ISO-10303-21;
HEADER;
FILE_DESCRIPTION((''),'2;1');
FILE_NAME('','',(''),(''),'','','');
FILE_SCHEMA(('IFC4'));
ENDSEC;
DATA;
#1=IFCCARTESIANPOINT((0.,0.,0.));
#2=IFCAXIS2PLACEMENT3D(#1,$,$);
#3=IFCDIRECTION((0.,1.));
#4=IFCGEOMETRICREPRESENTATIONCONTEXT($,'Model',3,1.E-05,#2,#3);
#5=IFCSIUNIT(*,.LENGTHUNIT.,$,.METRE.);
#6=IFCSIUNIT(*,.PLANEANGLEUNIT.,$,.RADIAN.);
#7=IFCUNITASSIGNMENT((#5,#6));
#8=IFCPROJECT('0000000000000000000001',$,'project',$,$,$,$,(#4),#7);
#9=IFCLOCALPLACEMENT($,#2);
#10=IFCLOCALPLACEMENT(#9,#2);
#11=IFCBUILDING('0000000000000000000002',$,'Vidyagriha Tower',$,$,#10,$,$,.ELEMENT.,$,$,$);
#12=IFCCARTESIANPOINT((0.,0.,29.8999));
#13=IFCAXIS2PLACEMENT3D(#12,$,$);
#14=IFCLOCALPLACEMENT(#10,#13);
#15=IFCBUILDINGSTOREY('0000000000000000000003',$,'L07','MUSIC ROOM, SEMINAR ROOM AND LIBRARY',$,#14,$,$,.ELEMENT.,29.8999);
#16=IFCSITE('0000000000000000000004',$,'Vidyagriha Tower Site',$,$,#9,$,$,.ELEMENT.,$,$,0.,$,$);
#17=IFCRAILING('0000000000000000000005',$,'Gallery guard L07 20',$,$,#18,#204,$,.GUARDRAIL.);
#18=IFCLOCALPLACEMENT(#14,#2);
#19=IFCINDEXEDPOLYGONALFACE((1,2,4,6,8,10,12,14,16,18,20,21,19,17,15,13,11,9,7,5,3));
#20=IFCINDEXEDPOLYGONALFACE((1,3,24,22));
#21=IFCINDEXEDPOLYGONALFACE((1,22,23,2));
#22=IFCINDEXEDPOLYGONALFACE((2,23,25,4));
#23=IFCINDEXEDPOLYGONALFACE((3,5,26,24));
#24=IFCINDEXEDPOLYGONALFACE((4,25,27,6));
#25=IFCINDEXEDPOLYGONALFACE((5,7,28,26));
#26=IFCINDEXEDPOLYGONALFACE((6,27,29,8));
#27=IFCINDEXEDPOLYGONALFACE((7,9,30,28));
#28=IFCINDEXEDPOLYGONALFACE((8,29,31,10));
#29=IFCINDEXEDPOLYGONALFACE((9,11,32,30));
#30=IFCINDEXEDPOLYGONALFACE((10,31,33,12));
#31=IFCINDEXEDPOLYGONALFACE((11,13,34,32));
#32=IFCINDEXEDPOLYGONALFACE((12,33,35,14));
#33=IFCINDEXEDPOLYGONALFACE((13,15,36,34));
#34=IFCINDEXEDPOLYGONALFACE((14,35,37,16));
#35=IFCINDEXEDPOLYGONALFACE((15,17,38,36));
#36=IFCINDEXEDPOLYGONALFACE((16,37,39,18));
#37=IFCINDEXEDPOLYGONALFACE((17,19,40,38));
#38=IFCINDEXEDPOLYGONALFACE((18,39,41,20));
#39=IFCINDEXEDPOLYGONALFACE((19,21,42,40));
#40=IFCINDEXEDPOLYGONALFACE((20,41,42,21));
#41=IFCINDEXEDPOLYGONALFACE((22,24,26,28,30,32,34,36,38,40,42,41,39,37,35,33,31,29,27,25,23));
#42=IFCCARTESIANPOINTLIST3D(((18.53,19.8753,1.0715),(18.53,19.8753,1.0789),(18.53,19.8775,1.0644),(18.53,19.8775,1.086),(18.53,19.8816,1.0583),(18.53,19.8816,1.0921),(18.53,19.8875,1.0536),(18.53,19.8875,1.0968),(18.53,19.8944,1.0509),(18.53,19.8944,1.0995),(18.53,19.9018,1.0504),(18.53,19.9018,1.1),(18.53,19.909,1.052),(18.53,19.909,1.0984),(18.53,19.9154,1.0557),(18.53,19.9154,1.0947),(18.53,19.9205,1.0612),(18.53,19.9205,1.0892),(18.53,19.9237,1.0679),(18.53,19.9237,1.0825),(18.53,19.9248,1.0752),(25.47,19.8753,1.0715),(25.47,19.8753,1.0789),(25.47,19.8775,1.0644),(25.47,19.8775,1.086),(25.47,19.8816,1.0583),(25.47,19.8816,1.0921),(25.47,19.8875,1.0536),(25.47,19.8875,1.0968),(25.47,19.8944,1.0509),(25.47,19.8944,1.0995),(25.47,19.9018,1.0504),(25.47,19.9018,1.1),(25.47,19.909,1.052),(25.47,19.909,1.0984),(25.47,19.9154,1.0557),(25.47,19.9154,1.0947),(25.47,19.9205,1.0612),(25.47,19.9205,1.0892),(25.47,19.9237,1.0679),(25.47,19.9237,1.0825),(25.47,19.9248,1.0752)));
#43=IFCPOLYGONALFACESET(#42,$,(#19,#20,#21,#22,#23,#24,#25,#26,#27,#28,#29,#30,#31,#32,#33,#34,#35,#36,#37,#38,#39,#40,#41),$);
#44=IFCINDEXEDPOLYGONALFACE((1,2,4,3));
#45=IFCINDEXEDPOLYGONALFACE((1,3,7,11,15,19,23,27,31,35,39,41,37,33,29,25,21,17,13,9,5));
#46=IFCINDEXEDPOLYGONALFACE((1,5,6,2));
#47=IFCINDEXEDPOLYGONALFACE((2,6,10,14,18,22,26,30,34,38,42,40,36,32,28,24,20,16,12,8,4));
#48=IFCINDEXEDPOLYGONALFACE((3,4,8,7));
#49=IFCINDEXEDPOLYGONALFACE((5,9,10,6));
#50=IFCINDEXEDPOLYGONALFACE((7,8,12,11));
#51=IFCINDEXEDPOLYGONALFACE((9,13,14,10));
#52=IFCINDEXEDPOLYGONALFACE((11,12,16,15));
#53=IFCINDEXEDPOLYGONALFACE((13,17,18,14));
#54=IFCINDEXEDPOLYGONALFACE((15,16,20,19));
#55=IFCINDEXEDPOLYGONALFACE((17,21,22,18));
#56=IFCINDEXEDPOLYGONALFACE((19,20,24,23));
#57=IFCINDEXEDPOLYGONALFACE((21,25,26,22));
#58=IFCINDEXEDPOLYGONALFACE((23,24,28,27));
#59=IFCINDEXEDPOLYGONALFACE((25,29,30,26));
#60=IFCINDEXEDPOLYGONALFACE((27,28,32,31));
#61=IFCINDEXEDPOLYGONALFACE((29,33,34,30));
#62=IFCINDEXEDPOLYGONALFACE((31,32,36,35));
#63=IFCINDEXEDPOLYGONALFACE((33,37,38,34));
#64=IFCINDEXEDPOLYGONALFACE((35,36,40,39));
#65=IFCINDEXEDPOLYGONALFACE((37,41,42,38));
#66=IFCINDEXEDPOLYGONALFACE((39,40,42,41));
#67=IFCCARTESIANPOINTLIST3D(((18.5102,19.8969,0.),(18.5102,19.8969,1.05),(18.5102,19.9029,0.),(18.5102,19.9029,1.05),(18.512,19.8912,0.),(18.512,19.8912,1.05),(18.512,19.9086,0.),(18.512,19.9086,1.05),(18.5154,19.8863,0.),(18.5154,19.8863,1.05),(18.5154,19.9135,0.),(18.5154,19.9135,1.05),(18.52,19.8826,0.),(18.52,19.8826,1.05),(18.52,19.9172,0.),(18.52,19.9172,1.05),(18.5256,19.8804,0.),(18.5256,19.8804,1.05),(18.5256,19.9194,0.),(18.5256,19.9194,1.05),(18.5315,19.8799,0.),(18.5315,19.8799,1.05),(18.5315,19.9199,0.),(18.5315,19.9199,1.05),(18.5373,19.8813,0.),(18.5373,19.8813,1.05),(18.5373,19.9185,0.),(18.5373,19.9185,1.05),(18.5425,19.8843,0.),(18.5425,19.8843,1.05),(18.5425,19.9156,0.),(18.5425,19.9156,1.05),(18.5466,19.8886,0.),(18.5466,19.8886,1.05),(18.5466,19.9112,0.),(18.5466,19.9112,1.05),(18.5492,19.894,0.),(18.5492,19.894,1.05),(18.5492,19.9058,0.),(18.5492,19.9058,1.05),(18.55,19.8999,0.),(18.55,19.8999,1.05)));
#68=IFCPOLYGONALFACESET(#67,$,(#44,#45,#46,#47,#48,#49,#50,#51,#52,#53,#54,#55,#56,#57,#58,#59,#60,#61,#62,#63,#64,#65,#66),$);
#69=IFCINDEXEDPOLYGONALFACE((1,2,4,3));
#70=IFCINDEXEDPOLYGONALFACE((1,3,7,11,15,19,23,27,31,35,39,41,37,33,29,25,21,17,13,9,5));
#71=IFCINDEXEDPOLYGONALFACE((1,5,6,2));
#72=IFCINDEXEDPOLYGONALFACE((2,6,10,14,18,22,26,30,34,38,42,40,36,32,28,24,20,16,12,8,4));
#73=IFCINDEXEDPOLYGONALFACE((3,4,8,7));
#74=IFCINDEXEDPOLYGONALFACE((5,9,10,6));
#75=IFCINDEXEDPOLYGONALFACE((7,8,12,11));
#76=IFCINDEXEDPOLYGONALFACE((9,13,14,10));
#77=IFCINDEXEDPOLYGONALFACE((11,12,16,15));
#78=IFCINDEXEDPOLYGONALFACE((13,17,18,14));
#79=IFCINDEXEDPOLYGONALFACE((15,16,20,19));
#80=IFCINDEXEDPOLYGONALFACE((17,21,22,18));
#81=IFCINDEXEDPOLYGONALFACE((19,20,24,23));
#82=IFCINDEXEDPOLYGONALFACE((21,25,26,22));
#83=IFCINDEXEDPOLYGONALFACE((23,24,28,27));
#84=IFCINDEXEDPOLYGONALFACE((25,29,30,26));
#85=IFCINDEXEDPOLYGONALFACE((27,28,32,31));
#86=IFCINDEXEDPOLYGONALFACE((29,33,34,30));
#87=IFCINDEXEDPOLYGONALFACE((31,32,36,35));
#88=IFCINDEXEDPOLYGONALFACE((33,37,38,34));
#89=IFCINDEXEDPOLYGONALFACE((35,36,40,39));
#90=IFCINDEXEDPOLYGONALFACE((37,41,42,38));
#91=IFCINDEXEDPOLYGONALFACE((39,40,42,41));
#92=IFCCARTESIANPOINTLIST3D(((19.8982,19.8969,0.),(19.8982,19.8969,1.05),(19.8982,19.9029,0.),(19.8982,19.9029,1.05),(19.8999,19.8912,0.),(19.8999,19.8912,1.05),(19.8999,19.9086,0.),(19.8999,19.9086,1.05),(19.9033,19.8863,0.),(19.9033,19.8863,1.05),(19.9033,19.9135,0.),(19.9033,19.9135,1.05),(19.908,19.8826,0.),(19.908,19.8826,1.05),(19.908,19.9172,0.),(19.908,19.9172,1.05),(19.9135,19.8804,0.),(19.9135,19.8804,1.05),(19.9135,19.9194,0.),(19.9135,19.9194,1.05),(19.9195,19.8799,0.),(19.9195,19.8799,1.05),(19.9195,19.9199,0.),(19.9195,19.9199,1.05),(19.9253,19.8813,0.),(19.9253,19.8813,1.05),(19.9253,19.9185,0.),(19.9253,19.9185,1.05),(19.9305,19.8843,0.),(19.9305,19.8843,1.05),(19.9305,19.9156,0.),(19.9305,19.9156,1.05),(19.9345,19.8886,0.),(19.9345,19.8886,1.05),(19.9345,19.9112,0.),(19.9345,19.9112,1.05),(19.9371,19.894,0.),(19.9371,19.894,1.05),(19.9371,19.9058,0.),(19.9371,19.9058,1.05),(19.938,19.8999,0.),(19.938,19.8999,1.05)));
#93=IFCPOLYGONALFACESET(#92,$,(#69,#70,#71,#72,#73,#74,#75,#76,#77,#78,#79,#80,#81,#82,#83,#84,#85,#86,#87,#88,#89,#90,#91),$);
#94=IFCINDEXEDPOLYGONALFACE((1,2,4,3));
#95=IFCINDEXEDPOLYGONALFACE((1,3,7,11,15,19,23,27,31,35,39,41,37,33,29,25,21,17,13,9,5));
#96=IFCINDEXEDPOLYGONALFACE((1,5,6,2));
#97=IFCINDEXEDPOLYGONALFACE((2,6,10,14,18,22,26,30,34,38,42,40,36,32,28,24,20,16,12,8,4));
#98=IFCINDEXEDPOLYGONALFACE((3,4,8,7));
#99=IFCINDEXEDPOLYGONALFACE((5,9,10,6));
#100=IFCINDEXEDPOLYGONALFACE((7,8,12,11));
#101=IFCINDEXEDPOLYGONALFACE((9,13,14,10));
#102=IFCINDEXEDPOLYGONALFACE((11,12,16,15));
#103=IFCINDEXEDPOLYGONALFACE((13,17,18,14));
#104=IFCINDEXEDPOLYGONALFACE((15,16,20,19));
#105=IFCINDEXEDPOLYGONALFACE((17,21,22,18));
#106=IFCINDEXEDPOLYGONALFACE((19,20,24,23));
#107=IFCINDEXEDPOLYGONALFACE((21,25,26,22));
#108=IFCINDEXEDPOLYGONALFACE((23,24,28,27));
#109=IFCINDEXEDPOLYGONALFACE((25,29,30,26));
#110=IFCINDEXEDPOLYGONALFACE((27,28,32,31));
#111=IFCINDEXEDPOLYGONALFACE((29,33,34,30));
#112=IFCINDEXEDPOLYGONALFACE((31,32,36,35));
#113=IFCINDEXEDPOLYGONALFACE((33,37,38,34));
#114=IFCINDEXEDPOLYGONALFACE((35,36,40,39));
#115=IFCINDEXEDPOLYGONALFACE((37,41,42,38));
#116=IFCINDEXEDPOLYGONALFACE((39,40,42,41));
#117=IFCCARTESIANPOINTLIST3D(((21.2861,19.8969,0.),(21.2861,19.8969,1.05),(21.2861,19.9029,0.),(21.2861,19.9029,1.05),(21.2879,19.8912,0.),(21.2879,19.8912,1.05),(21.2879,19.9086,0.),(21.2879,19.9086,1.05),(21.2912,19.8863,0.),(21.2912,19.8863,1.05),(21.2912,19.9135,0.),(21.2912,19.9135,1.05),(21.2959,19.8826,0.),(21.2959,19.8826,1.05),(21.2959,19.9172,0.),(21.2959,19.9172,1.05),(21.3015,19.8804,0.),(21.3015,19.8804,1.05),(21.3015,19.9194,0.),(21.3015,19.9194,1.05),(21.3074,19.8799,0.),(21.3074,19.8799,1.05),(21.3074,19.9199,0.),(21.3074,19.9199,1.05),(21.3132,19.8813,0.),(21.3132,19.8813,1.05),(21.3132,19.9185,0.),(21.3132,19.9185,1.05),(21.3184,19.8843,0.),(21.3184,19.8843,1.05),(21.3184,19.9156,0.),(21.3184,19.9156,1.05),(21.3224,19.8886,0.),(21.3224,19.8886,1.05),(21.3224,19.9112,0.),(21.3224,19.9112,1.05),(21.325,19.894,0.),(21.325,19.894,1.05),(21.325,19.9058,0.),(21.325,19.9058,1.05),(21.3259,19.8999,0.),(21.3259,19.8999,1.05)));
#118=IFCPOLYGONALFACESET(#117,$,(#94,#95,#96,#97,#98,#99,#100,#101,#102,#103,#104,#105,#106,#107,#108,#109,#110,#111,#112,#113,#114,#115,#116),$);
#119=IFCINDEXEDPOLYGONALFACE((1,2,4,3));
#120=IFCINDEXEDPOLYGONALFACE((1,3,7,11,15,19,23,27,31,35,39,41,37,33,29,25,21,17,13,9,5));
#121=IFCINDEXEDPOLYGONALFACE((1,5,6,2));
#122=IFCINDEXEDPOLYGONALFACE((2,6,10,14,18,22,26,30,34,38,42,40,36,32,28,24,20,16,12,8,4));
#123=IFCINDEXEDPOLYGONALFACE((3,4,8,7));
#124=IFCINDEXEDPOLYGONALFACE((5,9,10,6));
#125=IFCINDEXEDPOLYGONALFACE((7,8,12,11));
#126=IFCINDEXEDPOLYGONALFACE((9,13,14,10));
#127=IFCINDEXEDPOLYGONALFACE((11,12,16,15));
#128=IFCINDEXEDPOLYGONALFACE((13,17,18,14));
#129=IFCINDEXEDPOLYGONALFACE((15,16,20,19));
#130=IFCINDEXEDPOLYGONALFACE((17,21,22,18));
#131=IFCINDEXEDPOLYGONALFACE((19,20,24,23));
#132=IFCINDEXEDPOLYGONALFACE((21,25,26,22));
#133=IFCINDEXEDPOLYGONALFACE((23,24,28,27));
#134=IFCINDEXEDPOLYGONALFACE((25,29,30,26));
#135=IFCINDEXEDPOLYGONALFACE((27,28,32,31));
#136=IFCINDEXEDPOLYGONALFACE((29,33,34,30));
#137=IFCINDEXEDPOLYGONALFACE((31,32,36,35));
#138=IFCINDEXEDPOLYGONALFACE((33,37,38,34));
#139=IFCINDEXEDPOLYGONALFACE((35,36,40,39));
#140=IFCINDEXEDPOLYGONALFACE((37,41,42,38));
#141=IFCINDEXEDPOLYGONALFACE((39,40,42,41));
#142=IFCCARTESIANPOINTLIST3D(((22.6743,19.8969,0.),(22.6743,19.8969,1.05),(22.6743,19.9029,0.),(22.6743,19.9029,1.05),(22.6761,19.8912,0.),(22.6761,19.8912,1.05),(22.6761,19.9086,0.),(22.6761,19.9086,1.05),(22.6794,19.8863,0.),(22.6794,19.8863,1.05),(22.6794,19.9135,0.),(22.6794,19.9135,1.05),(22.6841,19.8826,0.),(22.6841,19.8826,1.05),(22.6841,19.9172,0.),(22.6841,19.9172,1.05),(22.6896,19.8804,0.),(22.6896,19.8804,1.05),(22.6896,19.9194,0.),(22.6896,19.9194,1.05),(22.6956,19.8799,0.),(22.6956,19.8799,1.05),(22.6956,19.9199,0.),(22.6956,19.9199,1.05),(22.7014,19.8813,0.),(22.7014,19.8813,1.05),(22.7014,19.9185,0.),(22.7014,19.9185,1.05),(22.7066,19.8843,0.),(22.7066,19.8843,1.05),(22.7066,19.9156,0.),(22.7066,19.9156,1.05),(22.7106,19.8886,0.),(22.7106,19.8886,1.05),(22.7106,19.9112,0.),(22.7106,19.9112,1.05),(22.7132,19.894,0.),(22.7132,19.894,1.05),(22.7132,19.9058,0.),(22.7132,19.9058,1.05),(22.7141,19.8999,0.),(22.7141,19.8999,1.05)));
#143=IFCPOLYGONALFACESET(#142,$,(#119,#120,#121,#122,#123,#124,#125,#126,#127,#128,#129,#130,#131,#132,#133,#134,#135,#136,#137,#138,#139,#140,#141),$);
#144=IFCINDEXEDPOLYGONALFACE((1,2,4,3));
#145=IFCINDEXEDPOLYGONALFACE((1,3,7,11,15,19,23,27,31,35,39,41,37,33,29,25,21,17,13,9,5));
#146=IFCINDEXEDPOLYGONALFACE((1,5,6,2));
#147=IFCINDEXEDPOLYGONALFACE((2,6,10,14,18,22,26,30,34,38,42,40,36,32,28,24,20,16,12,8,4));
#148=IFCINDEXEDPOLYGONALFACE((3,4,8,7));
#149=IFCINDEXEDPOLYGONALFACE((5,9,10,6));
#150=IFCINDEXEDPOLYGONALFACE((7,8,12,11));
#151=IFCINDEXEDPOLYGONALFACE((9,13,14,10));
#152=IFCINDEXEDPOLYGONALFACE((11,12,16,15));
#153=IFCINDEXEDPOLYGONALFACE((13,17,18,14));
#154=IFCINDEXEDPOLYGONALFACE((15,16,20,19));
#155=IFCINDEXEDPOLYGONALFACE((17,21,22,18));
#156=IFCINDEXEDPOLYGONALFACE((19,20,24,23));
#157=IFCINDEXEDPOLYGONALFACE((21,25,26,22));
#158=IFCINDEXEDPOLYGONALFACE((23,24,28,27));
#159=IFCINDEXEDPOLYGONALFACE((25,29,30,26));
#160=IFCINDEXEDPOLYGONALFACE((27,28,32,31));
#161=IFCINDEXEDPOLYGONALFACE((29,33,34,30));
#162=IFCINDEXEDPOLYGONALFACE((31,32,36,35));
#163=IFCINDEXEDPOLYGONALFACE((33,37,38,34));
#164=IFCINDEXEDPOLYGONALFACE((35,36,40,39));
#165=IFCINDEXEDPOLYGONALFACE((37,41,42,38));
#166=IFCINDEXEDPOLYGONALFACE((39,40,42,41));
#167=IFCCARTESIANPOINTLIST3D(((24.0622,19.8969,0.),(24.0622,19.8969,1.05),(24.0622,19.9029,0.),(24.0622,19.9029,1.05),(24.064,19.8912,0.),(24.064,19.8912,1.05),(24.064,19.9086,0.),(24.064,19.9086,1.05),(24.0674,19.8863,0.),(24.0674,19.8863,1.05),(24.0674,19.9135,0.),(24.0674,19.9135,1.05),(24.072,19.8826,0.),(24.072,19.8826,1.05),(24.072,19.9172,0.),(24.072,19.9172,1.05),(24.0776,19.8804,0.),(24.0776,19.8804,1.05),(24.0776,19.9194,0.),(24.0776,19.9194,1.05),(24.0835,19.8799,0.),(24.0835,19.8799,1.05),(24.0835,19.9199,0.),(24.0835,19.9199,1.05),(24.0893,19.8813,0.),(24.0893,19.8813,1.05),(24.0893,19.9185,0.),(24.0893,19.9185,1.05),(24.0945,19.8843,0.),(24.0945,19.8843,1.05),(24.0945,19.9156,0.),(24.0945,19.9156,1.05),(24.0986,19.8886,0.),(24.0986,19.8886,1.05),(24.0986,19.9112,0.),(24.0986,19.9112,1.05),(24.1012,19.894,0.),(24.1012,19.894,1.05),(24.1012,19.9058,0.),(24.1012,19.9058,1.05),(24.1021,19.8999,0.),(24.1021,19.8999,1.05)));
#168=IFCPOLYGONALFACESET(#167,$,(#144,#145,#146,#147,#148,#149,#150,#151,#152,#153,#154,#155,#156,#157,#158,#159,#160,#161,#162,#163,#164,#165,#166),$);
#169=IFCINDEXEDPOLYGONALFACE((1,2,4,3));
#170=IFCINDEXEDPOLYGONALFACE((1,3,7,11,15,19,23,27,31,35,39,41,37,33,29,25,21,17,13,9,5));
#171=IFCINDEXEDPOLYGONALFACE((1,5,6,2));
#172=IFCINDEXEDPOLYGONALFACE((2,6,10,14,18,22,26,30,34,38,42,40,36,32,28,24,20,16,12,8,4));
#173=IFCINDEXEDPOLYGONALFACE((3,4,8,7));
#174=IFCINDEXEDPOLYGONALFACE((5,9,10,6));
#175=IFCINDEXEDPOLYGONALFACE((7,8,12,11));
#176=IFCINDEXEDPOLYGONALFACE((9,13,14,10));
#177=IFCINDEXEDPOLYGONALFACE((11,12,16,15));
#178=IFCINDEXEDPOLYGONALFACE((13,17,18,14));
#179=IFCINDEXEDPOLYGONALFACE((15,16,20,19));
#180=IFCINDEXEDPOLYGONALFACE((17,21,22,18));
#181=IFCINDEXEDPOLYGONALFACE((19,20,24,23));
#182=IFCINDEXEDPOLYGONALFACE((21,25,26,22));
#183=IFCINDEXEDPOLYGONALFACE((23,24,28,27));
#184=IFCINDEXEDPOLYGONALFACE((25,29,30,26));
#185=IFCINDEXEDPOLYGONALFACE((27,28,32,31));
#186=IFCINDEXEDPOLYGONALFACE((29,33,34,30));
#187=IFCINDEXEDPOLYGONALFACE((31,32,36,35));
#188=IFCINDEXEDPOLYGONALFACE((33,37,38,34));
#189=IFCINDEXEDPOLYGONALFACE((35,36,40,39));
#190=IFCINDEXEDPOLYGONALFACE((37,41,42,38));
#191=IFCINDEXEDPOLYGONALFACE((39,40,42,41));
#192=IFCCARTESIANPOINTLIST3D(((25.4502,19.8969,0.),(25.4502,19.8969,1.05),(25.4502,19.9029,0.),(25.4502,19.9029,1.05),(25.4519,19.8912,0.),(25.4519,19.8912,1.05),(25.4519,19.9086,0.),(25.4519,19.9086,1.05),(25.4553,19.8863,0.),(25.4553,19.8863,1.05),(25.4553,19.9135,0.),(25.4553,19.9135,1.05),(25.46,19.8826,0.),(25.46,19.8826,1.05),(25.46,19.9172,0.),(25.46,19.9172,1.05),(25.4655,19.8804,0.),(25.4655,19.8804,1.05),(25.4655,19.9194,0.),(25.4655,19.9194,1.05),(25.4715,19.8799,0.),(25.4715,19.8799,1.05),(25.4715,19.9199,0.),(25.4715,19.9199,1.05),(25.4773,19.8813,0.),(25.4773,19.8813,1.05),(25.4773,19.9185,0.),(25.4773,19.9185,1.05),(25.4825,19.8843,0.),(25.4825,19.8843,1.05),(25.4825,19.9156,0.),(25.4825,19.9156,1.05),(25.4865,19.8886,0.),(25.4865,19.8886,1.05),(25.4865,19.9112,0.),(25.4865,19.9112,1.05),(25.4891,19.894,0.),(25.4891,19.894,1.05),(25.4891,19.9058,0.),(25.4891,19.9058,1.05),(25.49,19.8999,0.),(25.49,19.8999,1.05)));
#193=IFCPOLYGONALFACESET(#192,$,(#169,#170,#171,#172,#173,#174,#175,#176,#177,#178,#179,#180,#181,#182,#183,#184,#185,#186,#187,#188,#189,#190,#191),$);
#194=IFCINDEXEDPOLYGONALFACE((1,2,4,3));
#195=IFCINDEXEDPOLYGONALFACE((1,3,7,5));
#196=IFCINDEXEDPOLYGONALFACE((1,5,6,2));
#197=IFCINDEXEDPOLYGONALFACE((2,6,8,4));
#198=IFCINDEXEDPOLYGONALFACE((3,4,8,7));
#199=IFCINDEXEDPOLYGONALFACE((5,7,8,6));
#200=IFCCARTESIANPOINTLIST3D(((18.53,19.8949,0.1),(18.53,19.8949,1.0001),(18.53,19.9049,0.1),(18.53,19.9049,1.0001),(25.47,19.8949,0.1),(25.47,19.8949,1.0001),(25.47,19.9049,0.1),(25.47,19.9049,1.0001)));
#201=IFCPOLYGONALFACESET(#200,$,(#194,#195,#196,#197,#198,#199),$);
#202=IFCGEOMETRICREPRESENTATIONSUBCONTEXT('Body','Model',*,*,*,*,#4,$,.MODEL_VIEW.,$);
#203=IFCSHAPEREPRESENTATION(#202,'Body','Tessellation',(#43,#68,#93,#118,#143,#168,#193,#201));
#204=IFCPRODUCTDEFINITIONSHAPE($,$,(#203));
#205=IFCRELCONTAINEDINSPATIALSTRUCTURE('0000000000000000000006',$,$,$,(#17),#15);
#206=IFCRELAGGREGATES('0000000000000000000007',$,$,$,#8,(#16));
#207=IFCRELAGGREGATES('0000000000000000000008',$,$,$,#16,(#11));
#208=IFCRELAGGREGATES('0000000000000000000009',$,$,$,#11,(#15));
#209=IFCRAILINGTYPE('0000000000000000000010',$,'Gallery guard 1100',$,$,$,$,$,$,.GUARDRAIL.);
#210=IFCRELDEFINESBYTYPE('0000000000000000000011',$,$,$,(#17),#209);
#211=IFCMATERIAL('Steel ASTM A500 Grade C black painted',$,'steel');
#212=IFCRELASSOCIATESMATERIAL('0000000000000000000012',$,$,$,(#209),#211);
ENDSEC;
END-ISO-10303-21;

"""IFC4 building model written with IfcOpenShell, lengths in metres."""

from ifc_helpers import new_model, si_unit, direction, frame, origin, origin_2d, place, context, subcontext, project, spatial, rectangle, circle, extrude, material, type_object, element, save


model = new_model("IFC4")

# Units and contexts
model_context = context("Model", 3, precision=1e-05, world=origin(), true_north=direction((0.0, 1.0)))
body_context = subcontext(model_context, "Body", "Model", "MODEL_VIEW")
ifc_project = project(units=[si_unit("LENGTHUNIT", "METRE"), si_unit("PLANEANGLEUNIT", "RADIAN")], contexts=[model_context])

# Site, building, storey
site_placement = place(None, origin())
site = spatial("IfcSite", under=ifc_project, at=site_placement, Name="Vidyagriha Tower Site", CompositionType="ELEMENT", RefElevation=0.0)
building_placement = place(site_placement, origin())
building = spatial("IfcBuilding", under=site, at=building_placement, Name="Vidyagriha Tower", CompositionType="ELEMENT")
storey_placement = place(building_placement, frame((0.0, 0.0, 29.8999)))
storey = spatial("IfcBuildingStorey", under=building, at=storey_placement, Name="L07", Description="MUSIC ROOM, SEMINAR ROOM AND LIBRARY", CompositionType="ELEMENT", Elevation=29.8999)

# Railing
ifc_material_1 = material(Name="Steel ASTM A500 Grade C black painted", Category="steel")
railing_type = type_object("IfcRailingType", Name="Gallery guard 1100", PredefinedType="GUARDRAIL", material=ifc_material_1)
railing_1_placement = place(storey_placement, frame((18.53, 19.8999, 0.0)))
element("IfcRailing", 1, at=railing_1_placement, inside=storey, type_object=railing_type, Name="Gallery guard L07 20", PredefinedType="GUARDRAIL", context=body_context, shape_type="SweptSolid", body=[
    extrude(circle(Radius=0.0249, at=origin_2d()), frame((0.0, 0.0, 1.0752), z_axis=(1.0, 0.0, 0.0), x_axis=(0.0, 1.0, 0.0)), (0.0, 0.0, 1.0), 6.9399),
    extrude(circle(Radius=0.02, at=origin_2d()), origin(), (0.0, 0.0, 1.0), 1.05),
    extrude(circle(Radius=0.02, at=origin_2d()), frame((1.3879, 0.0, 0.0)), (0.0, 0.0, 1.0), 1.05),
    extrude(circle(Radius=0.02, at=origin_2d()), frame((2.7759, 0.0, 0.0)), (0.0, 0.0, 1.0), 1.05),
    extrude(circle(Radius=0.02, at=origin_2d()), frame((4.1641, 0.0, 0.0)), (0.0, 0.0, 1.0), 1.05),
    extrude(circle(Radius=0.02, at=origin_2d()), frame((5.552, 0.0, 0.0)), (0.0, 0.0, 1.0), 1.05),
    extrude(circle(Radius=0.02, at=origin_2d()), frame((6.9399, 0.0, 0.0)), (0.0, 0.0, 1.0), 1.05),
    extrude(rectangle(XDim=0.01, YDim=0.9001, at=origin_2d()), frame((0.0, 0.0, 0.55), z_axis=(1.0, 0.0, 0.0), x_axis=(0.0, 1.0, 0.0)), (0.0, 0.0, 1.0), 6.9399),
])

save(model, "model.ifc")
